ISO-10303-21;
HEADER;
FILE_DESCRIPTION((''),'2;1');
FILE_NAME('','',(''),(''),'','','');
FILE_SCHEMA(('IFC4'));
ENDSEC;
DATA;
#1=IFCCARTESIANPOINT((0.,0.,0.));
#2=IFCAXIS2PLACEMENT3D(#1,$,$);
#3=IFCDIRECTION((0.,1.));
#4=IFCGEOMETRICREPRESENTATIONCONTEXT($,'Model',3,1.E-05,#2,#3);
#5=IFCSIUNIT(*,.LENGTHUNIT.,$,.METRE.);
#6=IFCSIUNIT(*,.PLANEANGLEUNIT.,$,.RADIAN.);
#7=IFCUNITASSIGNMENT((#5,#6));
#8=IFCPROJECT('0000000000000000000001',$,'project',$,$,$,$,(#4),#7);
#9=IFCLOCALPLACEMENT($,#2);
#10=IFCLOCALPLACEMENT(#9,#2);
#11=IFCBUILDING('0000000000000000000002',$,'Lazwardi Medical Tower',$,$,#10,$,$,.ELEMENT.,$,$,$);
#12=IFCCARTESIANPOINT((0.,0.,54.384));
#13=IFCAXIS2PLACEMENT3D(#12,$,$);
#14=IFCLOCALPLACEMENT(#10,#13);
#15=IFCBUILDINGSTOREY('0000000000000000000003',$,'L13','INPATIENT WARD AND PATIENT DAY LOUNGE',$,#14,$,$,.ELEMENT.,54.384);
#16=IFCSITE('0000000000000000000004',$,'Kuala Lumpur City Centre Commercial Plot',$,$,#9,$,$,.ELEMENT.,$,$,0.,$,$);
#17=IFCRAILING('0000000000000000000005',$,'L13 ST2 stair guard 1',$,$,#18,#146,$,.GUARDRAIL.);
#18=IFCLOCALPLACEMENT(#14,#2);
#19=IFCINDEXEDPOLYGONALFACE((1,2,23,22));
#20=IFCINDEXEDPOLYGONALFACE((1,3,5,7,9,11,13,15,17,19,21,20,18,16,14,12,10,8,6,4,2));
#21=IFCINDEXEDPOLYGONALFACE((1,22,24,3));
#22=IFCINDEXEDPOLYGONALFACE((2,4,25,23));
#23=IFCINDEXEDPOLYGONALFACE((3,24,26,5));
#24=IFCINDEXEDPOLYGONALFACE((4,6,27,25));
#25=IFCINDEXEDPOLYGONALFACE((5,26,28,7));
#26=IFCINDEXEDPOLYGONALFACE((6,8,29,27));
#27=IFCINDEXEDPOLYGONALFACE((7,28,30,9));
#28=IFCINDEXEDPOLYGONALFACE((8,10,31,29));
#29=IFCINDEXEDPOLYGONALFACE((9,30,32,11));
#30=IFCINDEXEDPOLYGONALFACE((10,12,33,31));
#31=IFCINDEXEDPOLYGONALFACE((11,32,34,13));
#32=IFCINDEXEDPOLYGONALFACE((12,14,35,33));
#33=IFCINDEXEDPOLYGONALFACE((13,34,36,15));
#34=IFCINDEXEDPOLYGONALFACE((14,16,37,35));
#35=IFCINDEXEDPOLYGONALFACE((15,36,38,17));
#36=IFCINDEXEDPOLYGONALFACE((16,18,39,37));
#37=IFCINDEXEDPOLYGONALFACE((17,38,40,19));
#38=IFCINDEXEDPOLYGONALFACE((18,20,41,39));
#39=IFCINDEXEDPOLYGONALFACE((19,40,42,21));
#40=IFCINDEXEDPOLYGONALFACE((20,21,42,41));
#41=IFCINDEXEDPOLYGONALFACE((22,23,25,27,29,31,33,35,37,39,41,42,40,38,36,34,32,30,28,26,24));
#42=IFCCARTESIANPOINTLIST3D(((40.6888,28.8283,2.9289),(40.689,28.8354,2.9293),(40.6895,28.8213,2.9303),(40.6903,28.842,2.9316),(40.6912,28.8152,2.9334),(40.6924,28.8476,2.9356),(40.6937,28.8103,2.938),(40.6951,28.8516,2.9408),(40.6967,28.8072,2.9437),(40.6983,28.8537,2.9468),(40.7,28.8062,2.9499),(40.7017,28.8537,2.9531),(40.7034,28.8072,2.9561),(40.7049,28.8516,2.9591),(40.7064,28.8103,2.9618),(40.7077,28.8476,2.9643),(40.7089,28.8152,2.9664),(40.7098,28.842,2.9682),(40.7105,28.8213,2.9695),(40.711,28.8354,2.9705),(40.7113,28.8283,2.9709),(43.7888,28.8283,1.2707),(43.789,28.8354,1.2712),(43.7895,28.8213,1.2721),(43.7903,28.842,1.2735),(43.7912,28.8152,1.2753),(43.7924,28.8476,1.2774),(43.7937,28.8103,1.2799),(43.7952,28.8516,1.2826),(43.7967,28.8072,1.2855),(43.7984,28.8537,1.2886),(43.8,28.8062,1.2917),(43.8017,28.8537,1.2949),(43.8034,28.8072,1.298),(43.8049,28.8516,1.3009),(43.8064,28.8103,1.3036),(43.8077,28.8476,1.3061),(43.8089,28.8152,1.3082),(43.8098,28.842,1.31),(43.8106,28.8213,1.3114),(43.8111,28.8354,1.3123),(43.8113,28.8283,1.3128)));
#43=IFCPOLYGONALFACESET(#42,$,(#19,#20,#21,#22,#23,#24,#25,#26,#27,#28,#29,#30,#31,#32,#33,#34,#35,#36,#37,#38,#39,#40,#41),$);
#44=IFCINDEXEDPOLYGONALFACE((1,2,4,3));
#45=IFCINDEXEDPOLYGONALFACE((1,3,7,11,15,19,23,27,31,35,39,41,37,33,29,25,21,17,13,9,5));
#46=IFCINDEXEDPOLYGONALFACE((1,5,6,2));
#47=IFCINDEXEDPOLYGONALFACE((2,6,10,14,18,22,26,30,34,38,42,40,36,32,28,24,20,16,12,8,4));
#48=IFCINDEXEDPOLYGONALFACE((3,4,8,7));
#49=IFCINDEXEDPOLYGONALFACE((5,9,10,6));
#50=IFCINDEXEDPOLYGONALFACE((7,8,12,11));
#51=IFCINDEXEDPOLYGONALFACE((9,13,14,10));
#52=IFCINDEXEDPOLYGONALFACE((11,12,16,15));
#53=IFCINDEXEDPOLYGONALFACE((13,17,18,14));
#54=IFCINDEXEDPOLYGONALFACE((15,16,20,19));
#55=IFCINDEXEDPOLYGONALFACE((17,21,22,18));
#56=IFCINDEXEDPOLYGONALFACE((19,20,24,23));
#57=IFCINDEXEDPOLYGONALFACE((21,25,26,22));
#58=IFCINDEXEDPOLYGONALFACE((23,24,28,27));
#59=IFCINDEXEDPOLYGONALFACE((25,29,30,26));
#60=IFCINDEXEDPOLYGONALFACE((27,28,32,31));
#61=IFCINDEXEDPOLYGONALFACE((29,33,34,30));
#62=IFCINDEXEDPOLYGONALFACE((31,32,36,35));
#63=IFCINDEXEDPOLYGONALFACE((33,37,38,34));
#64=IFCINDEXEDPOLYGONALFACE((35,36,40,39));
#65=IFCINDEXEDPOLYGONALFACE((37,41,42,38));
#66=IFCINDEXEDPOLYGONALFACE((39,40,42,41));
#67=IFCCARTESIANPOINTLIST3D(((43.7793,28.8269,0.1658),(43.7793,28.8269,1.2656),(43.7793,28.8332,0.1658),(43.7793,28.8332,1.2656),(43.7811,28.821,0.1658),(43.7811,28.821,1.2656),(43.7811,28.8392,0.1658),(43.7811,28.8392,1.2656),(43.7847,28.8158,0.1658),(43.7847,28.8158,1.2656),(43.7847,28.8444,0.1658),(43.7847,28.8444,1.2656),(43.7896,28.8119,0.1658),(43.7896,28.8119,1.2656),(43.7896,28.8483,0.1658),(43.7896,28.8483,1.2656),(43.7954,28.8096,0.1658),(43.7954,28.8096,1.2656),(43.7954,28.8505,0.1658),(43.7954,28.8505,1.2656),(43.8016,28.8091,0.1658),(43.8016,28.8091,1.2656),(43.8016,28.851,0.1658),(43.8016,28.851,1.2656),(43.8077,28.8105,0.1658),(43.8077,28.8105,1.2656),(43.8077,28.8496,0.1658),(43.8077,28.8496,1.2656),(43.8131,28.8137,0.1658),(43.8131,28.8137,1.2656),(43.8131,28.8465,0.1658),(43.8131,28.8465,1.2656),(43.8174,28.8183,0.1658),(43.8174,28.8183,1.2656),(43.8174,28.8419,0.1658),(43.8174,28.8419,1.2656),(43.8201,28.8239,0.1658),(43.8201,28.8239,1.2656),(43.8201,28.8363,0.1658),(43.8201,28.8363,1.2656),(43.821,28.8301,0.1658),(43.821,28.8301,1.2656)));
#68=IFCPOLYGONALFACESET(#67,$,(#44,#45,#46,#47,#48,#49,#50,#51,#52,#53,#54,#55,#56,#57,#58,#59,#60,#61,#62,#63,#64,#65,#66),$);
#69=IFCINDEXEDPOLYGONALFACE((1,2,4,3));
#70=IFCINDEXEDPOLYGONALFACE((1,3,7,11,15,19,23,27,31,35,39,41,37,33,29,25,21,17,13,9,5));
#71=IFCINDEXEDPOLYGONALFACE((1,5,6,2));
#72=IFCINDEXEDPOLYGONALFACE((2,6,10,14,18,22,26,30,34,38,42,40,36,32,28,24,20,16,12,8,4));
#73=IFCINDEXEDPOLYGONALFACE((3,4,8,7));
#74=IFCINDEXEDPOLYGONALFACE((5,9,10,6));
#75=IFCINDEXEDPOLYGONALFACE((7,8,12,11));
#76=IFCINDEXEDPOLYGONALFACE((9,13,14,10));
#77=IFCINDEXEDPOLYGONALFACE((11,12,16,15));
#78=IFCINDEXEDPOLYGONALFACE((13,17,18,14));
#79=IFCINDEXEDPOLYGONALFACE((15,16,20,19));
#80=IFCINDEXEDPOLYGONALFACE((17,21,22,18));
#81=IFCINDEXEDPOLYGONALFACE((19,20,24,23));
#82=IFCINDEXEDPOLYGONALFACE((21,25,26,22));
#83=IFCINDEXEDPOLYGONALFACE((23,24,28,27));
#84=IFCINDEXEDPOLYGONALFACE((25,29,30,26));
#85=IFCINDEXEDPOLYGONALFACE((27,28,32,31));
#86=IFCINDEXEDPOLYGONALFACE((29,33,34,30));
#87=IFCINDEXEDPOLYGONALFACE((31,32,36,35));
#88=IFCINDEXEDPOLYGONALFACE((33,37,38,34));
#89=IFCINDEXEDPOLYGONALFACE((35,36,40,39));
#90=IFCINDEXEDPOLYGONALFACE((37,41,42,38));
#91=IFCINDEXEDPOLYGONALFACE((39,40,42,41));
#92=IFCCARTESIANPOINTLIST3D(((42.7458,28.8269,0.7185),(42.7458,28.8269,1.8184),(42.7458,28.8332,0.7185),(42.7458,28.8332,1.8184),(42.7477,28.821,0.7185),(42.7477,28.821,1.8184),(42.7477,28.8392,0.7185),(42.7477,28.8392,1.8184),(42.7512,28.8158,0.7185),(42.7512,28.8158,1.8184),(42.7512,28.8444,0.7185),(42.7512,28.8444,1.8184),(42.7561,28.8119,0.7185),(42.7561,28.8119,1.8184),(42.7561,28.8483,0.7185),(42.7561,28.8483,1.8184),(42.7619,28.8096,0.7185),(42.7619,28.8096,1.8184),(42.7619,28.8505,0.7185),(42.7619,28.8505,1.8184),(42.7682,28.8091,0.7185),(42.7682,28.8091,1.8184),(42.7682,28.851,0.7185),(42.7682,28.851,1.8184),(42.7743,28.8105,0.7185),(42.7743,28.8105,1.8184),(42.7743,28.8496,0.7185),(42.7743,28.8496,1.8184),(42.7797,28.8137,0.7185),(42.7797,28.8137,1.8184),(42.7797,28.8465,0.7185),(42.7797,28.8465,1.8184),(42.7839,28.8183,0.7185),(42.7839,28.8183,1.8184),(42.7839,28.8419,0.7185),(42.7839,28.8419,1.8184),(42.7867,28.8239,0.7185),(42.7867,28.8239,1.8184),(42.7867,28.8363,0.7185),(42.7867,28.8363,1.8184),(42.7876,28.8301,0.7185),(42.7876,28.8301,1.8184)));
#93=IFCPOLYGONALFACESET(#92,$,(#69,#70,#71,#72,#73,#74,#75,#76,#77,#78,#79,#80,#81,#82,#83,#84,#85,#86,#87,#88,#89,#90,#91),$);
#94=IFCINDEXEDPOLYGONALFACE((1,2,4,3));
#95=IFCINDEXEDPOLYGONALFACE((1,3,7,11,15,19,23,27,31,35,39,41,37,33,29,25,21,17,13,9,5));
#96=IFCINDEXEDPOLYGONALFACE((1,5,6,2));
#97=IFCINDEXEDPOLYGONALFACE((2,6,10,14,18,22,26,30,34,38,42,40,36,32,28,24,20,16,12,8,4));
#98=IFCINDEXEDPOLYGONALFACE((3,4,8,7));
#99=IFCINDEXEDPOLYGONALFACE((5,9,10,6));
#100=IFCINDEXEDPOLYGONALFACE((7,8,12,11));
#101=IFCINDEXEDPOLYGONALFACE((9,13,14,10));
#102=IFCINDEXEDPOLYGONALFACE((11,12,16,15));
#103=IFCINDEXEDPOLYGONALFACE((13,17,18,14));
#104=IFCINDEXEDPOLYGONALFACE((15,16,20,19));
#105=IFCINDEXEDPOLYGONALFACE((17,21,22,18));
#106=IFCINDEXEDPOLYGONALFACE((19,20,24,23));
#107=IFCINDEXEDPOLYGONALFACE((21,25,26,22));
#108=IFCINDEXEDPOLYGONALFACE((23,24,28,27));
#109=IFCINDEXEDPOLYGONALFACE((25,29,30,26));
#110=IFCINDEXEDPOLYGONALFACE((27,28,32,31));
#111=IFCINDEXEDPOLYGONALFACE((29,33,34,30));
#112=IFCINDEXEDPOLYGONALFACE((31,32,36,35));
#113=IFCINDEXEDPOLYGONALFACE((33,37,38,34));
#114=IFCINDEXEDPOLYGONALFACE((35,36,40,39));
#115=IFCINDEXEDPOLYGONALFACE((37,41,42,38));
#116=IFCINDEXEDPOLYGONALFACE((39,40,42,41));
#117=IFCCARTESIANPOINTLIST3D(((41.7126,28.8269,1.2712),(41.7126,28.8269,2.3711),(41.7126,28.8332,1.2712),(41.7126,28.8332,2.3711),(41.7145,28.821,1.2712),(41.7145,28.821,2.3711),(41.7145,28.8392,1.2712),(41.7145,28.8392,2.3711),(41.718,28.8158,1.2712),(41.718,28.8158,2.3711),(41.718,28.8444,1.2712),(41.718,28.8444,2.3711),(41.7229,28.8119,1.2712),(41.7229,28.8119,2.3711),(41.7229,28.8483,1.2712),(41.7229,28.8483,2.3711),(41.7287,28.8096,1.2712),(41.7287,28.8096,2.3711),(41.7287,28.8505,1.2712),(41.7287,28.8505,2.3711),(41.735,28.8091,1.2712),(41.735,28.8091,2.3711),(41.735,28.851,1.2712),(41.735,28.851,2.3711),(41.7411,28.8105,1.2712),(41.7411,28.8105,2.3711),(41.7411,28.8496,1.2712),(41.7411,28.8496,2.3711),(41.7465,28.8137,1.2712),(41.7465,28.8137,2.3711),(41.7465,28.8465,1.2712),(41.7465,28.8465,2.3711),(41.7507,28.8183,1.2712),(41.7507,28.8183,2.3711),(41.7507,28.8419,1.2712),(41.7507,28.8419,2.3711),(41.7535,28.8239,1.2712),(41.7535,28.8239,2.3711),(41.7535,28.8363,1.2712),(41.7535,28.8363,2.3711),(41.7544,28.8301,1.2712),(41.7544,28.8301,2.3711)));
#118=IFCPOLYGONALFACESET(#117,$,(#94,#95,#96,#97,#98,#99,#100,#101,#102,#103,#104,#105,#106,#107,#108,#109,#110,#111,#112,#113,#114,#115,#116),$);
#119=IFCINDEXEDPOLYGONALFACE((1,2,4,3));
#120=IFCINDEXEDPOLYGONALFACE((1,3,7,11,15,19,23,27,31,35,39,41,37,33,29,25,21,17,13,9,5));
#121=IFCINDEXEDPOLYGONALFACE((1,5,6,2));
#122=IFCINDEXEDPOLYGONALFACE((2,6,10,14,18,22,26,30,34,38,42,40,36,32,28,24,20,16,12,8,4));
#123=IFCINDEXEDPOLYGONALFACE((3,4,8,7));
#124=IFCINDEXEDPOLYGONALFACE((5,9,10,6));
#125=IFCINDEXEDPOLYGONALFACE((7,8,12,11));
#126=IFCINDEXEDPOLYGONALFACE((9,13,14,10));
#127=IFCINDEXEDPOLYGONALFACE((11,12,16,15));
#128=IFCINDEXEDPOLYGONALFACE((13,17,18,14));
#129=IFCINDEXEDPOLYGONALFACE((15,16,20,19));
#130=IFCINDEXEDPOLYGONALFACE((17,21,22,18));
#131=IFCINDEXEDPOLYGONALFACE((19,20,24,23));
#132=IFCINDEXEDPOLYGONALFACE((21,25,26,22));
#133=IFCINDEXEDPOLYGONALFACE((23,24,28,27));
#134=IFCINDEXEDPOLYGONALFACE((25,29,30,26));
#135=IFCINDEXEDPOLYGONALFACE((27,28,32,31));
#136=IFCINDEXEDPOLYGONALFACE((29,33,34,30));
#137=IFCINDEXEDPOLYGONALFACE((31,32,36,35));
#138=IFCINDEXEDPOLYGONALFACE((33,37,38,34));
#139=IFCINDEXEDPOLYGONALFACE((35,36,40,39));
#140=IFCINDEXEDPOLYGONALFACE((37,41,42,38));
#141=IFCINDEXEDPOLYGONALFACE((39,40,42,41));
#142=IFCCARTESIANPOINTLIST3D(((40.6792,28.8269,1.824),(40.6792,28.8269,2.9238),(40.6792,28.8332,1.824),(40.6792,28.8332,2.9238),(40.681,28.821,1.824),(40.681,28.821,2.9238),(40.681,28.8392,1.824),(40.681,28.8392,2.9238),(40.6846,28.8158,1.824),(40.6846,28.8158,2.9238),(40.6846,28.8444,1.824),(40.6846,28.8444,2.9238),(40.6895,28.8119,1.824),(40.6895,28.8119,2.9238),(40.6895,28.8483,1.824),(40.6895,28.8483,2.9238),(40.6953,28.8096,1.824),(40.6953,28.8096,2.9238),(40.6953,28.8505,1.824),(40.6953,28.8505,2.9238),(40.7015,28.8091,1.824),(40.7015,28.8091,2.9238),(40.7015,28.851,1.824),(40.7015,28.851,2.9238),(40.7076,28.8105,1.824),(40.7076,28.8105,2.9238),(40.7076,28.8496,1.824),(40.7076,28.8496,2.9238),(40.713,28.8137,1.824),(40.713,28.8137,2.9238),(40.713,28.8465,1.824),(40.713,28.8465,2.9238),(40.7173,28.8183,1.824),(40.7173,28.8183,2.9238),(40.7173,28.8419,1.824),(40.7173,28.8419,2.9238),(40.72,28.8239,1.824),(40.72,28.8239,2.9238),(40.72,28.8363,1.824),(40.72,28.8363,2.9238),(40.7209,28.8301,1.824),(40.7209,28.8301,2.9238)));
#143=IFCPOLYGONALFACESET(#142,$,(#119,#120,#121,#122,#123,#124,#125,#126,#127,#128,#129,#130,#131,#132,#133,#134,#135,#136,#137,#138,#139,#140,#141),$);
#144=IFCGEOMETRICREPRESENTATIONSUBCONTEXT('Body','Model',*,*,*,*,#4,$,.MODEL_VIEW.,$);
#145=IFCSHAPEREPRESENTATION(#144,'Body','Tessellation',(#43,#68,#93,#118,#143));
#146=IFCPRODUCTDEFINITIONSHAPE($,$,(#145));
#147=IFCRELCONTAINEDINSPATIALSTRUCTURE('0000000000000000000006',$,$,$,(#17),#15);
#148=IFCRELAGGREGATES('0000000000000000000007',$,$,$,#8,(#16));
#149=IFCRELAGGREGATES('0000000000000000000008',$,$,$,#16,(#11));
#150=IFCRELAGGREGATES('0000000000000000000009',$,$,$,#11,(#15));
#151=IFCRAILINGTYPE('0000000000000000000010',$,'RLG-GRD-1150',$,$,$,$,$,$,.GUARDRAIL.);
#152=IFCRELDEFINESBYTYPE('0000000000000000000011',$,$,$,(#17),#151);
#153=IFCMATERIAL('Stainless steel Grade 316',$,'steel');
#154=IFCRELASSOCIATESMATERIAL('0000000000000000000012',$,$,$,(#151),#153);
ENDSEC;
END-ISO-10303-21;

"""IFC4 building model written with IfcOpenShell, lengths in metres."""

from ifc_helpers import new_model, si_unit, direction, frame, origin, origin_2d, place, context, subcontext, project, spatial, circle, extrude, material, type_object, element, save


model = new_model("IFC4")

# Units and contexts
model_context = context("Model", 3, precision=1e-05, world=origin(), true_north=direction((0.0, 1.0)))
body_context = subcontext(model_context, "Body", "Model", "MODEL_VIEW")
ifc_project = project(units=[si_unit("LENGTHUNIT", "METRE"), si_unit("PLANEANGLEUNIT", "RADIAN")], contexts=[model_context])

# Site, building, storey
site_placement = place(None, origin())
site = spatial("IfcSite", under=ifc_project, at=site_placement, Name="Kuala Lumpur City Centre Commercial Plot", CompositionType="ELEMENT", RefElevation=0.0)
building_placement = place(site_placement, origin())
building = spatial("IfcBuilding", under=site, at=building_placement, Name="Lazwardi Medical Tower", CompositionType="ELEMENT")
storey_placement = place(building_placement, frame((0.0, 0.0, 54.384)))
storey = spatial("IfcBuildingStorey", under=building, at=storey_placement, Name="L13", Description="INPATIENT WARD AND PATIENT DAY LOUNGE", CompositionType="ELEMENT", Elevation=54.384)

# Railing
ifc_material_1 = material(Name="Stainless steel Grade 316", Category="steel")
railing_type_1 = type_object("IfcRailingType", Name="RLG-GRD-1150", PredefinedType="GUARDRAIL", material=ifc_material_1)
railing_1_placement = place(storey_placement, frame((43.8, 28.8301, 0.1658)))
element("IfcRailing", 1, at=railing_1_placement, inside=storey, type_object=railing_type_1, Name="L13 ST2 stair guard 1", PredefinedType="GUARDRAIL", context=body_context, shape_type="SweptSolid", body=[
    extrude(circle(Radius=0.0239, at=origin_2d()), frame((0.0, 0.0, 1.126), z_axis=(-0.881783, 0.0, 0.471655), x_axis=(0.0, -1.0, 0.0)), (0.0, 0.0, 1.0), 3.5156),
    extrude(circle(Radius=0.021, at=origin_2d()), origin(), (0.0, 0.0, 1.0), 1.0999),
    extrude(circle(Radius=0.021, at=origin_2d()), frame((-1.0334, 0.0, 0.5527)), (0.0, 0.0, 1.0), 1.0999),
    extrude(circle(Radius=0.021, at=origin_2d()), frame((-2.0667, 0.0, 1.1055)), (0.0, 0.0, 1.0), 1.0999),
    extrude(circle(Radius=0.021, at=origin_2d()), frame((-3.1001, 0.0, 1.6582)), (0.0, 0.0, 1.0), 1.0999),
])

save(model, "model.ifc")
